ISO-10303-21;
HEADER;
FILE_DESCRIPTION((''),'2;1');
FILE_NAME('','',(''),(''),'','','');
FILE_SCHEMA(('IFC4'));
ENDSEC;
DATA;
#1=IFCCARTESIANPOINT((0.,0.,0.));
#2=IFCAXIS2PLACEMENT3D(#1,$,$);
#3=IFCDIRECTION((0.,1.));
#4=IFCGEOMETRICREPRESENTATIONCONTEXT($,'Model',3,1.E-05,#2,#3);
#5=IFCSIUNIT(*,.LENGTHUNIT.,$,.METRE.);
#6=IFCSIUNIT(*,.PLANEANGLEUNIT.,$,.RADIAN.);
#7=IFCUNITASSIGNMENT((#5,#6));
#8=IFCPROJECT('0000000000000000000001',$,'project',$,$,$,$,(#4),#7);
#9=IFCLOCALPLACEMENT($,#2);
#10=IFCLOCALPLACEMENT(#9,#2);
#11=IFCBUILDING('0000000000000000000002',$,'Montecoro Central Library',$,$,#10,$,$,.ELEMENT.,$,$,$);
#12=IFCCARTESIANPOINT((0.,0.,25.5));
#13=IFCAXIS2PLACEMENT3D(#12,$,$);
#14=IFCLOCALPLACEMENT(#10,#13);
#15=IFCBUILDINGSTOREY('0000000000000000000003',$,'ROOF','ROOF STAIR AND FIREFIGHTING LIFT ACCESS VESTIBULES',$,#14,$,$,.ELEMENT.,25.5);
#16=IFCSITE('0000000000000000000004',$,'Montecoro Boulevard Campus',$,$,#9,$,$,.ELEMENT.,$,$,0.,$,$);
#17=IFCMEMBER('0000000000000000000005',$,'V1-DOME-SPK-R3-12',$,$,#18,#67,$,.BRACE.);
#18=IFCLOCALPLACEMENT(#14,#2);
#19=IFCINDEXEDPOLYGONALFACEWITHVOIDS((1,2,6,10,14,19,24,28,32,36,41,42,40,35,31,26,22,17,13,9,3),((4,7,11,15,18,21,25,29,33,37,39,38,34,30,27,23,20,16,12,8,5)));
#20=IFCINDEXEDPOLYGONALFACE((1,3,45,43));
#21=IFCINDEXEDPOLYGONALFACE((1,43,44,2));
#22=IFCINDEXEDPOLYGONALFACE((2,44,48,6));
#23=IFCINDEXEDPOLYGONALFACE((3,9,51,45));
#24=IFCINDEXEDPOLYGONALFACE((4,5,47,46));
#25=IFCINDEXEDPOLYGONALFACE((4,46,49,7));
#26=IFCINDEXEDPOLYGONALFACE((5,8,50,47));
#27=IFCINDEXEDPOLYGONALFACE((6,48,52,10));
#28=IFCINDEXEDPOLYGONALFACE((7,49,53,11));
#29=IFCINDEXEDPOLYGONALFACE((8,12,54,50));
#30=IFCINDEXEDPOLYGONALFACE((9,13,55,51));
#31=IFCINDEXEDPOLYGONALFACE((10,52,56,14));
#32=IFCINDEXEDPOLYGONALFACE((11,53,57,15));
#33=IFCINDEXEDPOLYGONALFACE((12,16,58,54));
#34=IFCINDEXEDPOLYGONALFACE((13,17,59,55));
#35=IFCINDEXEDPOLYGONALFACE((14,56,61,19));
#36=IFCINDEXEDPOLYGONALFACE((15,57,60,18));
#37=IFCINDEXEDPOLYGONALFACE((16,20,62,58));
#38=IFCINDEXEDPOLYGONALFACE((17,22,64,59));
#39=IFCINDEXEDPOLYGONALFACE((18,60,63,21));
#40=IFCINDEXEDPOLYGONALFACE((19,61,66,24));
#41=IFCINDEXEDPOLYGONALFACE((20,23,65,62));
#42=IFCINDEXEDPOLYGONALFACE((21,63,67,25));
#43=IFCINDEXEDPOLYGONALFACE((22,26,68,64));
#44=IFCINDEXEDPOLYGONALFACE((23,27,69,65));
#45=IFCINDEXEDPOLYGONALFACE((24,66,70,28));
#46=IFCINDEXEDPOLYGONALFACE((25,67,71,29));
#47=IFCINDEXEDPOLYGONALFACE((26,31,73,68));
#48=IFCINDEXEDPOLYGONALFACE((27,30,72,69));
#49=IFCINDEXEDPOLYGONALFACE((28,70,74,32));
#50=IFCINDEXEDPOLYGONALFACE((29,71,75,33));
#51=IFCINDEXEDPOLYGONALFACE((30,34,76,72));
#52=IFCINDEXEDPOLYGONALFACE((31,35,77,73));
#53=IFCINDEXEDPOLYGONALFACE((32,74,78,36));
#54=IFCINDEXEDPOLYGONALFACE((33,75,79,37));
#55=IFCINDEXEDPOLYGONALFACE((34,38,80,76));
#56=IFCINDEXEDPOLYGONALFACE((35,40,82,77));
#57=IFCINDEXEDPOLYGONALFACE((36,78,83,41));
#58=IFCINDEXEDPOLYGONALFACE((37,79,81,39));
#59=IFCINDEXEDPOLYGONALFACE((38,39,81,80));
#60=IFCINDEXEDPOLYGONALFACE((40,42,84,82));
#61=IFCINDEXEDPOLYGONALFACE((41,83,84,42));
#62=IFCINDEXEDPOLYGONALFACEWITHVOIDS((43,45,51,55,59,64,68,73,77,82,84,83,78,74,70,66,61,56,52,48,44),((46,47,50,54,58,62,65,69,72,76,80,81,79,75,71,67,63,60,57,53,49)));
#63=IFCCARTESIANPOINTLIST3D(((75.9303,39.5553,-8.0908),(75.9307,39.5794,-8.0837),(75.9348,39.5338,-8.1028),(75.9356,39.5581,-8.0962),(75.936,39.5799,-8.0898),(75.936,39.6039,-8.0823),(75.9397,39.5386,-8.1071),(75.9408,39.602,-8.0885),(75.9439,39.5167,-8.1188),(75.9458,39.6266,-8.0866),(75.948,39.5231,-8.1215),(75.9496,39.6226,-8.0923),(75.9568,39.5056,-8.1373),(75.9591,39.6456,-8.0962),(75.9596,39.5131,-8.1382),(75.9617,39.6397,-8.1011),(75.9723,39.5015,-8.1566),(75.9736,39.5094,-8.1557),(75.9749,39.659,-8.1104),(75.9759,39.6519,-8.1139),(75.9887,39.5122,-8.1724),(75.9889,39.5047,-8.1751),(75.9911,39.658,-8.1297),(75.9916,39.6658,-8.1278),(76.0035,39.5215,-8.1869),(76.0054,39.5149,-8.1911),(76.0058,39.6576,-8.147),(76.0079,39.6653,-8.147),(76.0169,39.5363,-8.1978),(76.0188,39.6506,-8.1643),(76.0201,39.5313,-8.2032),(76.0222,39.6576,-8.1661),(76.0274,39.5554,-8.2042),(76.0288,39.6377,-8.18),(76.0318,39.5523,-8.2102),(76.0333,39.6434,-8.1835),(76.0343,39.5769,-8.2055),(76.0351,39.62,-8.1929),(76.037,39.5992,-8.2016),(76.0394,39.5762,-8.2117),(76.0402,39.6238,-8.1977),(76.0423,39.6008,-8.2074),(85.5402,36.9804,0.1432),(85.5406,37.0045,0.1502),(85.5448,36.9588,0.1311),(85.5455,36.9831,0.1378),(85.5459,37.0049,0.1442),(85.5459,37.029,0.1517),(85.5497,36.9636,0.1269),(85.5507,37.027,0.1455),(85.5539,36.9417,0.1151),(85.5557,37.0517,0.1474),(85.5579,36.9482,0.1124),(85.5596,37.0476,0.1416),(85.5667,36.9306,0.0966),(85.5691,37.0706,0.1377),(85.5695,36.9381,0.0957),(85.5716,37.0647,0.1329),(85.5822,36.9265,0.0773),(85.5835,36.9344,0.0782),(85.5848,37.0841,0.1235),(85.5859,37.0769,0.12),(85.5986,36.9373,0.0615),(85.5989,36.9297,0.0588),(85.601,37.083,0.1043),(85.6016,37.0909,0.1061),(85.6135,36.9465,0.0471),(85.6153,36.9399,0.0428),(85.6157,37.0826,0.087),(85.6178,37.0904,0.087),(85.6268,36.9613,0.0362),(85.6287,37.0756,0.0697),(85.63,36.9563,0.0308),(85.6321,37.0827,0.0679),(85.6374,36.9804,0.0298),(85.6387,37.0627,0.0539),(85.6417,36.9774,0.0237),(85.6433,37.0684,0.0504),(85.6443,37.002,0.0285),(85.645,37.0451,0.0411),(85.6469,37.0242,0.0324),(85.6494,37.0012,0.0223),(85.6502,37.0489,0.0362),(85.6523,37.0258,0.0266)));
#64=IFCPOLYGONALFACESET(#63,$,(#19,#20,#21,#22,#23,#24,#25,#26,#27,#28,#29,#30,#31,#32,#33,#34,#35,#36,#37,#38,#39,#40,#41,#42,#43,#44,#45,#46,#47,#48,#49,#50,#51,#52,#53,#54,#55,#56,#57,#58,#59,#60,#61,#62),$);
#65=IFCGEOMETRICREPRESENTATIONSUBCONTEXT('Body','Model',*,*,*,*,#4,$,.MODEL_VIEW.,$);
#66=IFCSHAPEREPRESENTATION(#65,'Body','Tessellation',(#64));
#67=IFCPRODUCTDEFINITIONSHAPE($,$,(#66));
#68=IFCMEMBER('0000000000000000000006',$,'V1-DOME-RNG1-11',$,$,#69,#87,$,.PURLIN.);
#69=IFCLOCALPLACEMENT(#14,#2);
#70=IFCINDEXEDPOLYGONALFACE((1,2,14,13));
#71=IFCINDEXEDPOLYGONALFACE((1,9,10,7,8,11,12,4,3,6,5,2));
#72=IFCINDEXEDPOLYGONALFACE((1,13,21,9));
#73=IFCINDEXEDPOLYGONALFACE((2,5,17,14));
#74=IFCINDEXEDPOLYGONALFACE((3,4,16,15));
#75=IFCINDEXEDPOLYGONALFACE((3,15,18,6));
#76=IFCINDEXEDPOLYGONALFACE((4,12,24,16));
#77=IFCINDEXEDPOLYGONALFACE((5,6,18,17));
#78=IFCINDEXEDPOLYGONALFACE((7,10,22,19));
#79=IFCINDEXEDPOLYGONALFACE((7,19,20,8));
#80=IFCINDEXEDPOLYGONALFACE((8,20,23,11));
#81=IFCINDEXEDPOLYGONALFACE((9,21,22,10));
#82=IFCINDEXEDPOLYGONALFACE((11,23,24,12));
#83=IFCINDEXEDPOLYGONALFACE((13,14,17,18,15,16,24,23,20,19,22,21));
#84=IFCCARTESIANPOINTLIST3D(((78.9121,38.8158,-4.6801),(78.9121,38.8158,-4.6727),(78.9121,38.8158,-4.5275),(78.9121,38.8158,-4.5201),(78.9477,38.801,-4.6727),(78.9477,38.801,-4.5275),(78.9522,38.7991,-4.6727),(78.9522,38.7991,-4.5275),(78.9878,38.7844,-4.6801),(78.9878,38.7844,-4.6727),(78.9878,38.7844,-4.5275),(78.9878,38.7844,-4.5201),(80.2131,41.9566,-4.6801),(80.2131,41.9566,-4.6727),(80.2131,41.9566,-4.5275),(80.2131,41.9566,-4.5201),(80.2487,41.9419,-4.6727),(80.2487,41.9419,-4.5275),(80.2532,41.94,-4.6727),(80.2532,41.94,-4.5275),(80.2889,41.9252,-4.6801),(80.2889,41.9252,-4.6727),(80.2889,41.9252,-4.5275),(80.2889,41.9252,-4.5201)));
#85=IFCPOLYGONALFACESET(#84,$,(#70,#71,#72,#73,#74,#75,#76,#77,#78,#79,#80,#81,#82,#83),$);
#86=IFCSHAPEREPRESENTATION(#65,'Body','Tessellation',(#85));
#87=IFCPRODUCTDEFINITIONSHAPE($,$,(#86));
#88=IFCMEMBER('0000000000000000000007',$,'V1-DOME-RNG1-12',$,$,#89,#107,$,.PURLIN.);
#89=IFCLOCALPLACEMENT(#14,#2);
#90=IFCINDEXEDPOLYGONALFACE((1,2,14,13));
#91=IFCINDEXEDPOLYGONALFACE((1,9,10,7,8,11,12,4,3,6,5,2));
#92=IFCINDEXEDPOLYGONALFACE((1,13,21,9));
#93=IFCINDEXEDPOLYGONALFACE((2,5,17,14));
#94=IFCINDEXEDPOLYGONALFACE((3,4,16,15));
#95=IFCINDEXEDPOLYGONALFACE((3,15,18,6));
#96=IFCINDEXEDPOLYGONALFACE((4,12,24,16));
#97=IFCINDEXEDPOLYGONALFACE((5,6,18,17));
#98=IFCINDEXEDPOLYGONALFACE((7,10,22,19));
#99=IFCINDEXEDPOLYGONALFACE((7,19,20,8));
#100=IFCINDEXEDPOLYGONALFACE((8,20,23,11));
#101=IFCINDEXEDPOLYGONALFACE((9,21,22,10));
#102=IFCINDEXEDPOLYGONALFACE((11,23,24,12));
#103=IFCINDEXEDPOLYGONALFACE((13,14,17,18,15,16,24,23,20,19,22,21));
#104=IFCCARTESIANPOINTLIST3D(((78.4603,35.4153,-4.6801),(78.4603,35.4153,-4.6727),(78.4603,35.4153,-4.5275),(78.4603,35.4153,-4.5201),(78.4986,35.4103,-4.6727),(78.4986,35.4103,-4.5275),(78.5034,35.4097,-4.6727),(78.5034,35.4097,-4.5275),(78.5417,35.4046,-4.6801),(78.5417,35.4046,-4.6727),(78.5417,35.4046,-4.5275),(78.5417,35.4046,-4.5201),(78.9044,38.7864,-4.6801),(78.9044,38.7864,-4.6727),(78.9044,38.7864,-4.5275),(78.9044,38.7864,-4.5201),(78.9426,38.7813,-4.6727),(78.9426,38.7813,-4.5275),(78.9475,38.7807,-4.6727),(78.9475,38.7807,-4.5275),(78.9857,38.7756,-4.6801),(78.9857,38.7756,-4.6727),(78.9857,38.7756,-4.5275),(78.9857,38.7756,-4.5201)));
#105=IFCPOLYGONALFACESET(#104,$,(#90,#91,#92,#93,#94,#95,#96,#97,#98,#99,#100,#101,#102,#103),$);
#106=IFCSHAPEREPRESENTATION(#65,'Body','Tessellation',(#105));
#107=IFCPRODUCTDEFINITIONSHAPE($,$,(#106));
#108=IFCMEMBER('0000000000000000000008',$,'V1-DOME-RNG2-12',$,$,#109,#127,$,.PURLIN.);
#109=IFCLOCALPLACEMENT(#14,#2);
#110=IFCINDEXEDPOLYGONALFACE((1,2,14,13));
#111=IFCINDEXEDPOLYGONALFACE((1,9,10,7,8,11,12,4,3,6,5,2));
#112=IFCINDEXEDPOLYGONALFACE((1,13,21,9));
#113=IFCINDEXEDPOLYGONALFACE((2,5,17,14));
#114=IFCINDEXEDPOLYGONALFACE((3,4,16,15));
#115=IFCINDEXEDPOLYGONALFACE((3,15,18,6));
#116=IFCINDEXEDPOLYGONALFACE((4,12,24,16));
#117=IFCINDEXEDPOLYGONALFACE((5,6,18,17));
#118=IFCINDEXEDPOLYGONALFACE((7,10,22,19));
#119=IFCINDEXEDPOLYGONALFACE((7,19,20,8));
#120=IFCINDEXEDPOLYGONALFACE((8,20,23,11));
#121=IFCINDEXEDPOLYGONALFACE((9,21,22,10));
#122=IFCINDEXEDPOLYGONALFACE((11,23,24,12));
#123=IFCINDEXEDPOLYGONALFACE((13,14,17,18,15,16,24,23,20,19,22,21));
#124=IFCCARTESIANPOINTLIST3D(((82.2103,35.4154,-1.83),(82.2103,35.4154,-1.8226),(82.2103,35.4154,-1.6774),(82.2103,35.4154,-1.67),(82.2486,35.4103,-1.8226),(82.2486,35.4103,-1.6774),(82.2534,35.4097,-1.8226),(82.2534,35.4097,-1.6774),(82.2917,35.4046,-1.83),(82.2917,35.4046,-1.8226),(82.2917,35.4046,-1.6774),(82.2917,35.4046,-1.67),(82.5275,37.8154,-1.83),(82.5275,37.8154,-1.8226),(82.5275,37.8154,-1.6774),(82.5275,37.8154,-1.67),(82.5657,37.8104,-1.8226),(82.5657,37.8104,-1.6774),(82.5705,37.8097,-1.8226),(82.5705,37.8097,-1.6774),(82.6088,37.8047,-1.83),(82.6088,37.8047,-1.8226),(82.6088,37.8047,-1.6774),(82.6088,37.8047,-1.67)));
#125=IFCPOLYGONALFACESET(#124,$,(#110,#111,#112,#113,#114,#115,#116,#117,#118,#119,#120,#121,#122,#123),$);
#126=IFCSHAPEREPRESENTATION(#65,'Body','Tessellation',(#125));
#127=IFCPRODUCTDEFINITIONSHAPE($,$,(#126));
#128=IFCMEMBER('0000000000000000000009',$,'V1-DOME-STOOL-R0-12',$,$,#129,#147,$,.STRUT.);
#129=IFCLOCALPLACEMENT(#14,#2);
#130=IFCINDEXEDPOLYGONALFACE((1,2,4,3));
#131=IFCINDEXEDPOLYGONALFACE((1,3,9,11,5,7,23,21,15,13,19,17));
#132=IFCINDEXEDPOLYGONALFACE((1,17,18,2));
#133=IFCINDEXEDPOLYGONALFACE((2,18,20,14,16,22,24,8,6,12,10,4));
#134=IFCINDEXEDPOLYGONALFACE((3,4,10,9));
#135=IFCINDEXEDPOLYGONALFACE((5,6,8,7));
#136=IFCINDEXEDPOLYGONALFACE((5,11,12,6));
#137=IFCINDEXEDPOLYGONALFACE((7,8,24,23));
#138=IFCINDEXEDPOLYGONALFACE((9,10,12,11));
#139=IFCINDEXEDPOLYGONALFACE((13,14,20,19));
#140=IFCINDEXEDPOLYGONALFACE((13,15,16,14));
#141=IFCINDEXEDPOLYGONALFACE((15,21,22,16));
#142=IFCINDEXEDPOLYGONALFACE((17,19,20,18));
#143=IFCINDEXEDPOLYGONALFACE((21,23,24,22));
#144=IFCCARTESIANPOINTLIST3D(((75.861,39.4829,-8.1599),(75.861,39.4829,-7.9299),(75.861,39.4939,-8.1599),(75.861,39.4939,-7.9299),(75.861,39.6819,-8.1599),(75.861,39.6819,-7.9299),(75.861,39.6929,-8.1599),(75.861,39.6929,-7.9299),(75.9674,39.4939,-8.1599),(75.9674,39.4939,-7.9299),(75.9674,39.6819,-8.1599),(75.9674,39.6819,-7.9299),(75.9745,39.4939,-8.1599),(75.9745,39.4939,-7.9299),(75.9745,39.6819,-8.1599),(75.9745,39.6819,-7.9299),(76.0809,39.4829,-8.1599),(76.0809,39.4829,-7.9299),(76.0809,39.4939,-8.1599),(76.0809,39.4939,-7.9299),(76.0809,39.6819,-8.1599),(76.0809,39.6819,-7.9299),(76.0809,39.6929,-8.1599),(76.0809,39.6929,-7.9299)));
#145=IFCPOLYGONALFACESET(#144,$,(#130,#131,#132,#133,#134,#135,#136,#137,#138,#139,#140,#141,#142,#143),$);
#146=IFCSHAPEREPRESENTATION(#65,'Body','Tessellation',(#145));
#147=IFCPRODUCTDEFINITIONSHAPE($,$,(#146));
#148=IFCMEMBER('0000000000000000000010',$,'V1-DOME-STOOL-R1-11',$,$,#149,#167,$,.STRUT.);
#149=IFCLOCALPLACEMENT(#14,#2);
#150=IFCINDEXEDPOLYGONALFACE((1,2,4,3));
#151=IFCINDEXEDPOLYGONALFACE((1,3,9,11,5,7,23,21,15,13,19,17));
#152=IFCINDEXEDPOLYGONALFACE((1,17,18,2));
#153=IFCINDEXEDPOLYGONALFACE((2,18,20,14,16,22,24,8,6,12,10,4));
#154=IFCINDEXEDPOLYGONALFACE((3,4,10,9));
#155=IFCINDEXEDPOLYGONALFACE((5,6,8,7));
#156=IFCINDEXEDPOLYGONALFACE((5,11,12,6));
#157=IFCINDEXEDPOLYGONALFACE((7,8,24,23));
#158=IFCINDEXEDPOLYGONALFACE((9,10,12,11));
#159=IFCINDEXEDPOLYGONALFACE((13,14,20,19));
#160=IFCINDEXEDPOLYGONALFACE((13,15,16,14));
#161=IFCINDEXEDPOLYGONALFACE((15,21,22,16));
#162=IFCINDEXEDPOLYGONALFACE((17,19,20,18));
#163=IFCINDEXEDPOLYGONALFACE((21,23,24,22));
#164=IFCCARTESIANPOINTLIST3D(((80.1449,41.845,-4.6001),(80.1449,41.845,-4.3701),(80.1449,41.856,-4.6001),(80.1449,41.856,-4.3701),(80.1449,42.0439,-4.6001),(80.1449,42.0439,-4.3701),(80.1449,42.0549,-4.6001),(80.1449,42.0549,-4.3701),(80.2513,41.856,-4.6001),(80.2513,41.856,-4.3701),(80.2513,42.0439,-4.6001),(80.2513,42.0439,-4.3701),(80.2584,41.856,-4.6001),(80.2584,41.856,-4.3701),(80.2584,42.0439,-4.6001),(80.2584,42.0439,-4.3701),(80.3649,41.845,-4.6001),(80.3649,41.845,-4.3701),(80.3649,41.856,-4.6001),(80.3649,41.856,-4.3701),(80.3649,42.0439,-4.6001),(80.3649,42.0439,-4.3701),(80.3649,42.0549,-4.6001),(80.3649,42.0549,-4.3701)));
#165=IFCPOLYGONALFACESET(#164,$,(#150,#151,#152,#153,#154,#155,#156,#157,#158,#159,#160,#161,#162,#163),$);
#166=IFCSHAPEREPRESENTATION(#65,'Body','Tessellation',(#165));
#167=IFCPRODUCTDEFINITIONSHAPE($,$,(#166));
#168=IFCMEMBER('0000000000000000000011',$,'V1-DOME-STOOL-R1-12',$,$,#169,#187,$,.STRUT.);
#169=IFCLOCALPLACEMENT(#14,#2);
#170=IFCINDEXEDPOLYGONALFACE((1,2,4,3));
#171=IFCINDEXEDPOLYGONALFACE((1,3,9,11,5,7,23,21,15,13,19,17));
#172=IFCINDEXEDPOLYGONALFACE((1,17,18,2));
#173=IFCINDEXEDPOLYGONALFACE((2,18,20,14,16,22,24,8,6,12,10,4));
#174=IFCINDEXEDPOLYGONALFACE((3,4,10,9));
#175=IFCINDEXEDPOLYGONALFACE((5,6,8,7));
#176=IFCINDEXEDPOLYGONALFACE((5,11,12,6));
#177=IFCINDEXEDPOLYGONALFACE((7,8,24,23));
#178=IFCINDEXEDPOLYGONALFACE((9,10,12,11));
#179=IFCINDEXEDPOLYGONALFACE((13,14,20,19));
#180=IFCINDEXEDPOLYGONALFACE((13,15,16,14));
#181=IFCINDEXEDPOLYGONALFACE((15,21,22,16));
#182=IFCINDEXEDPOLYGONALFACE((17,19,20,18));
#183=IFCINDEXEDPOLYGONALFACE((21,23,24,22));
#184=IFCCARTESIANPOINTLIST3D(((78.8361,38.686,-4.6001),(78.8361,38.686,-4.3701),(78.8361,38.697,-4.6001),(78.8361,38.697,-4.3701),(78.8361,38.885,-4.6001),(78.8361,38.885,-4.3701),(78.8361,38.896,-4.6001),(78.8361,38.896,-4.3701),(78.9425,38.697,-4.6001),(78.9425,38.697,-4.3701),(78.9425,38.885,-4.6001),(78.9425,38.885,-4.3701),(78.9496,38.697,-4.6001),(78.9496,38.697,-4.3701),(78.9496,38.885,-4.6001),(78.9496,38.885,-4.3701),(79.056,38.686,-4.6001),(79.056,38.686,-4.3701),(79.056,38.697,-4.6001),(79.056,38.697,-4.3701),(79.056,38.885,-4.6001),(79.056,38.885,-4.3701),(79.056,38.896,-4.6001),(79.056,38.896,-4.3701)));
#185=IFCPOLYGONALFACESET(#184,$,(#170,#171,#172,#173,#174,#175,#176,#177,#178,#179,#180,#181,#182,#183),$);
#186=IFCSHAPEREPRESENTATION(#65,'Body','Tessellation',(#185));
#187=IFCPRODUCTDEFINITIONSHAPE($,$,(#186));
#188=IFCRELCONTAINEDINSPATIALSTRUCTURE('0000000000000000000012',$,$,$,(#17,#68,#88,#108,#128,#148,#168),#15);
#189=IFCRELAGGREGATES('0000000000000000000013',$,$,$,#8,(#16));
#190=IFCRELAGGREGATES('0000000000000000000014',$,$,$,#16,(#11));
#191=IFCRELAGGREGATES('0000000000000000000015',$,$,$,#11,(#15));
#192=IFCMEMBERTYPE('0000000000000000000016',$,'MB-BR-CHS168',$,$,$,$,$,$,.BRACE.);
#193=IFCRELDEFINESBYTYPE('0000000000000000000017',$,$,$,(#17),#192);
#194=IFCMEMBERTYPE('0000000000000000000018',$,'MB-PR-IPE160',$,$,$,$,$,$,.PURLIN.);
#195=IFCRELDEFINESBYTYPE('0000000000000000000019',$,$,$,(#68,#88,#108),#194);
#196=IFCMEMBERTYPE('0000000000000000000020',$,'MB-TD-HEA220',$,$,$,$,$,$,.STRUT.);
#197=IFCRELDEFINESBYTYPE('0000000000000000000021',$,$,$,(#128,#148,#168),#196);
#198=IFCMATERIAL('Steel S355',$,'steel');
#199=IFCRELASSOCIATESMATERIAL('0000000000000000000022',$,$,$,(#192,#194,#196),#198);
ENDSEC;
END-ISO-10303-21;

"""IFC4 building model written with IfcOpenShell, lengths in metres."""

from ifc_helpers import new_model, si_unit, direction, frame, origin, origin_2d, place, context, subcontext, project, spatial, hollow_circle, i_section, extrude, material, material_profile, profile_set, type_object, element, save


model = new_model("IFC4")

# Units and contexts
model_context = context("Model", 3, precision=1e-05, world=origin(), true_north=direction((0.0, 1.0)))
body_context = subcontext(model_context, "Body", "Model", "MODEL_VIEW")
ifc_project = project(units=[si_unit("LENGTHUNIT", "METRE"), si_unit("PLANEANGLEUNIT", "RADIAN")], contexts=[model_context])

# Site, building, storey
site_placement = place(None, origin())
site = spatial("IfcSite", under=ifc_project, at=site_placement, Name="Montecoro Boulevard Campus", CompositionType="ELEMENT", RefElevation=0.0)
building_placement = place(site_placement, origin())
building = spatial("IfcBuilding", under=site, at=building_placement, Name="Montecoro Central Library", CompositionType="ELEMENT")
storey_placement = place(building_placement, frame((0.0, 0.0, 25.5)))
storey = spatial("IfcBuildingStorey", under=building, at=storey_placement, Name="ROOF", Description="ROOF STAIR AND FIREFIGHTING LIFT ACCESS VESTIBULES", CompositionType="ELEMENT", Elevation=25.5)

# Members
ifc_material_1 = material(Name="Steel S355", Category="steel")
ifc_material_profile_1 = material_profile(ifc_material_1, hollow_circle(Radius=0.0842, WallThickness=0.0081, at=origin_2d()), Name="CHS 168.3x8.0")
ifc_profile_set_1 = profile_set([ifc_material_profile_1], Name="Steel S355")
member_type_1 = type_object("IfcMemberType", Name="MB-BR-CHS168", PredefinedType="BRACE", material=ifc_profile_set_1)
member_1_placement = place(storey_placement, frame((75.9861, 39.584, -8.147), z_axis=(0.744131, -0.199389, 0.637584), x_axis=(0.258819, 0.965926, 0.0)))
element("IfcMember", 1, at=member_1_placement, inside=storey, type_object=member_type_1, Name="V1-DOME-SPK-R3-12", PredefinedType="BRACE", context=body_context, shape_type="SweptSolid", body=[
    extrude(hollow_circle(Radius=0.0842, WallThickness=0.0081, at=origin_2d()), origin(), (0.0, 0.0, 1.0), 12.9143),
])
ifc_material_profile_2 = material_profile(ifc_material_1, i_section(OverallWidth=0.082, OverallDepth=0.1599, WebThickness=0.0049, FlangeThickness=0.0073, at=origin_2d()), Name="IPE 160")
ifc_profile_set_2 = profile_set([ifc_material_profile_2], Name="Steel S355")
member_type_2 = type_object("IfcMemberType", Name="MB-PR-IPE160", PredefinedType="PURLIN", material=ifc_profile_set_2)
member_2_placement = place(storey_placement, frame((80.251, 41.9409, -4.6001), z_axis=(-0.382692, -0.923876, 0.0), x_axis=(0.923876, -0.382692, 0.0)))
element("IfcMember", 2, at=member_2_placement, inside=storey, type_object=member_type_2, Name="V1-DOME-RNG1-11", PredefinedType="PURLIN", context=body_context, shape_type="SweptSolid", body=[
    extrude(i_section(OverallWidth=0.082, OverallDepth=0.1599, WebThickness=0.0049, FlangeThickness=0.0073, at=origin_2d()), origin(), (0.0, 0.0, 1.0), 3.3997),
])
member_3_placement = place(storey_placement, frame((78.9451, 38.781, -4.6001), z_axis=(-0.130607, -0.991434, 0.0), x_axis=(0.991434, -0.130607, 0.0)))
element("IfcMember", 3, at=member_3_placement, inside=storey, type_object=member_type_2, Name="V1-DOME-RNG1-12", PredefinedType="PURLIN", context=body_context, shape_type="SweptSolid", body=[
    extrude(i_section(OverallWidth=0.082, OverallDepth=0.1599, WebThickness=0.0049, FlangeThickness=0.0073, at=origin_2d()), origin(), (0.0, 0.0, 1.0), 3.4001),
])
member_4_placement = place(storey_placement, frame((82.5681, 37.8101, -1.75), z_axis=(-0.130994, -0.991383, 0.0), x_axis=(0.991383, -0.130994, 0.0)))
element("IfcMember", 4, at=member_4_placement, inside=storey, type_object=member_type_2, Name="V1-DOME-RNG2-12", PredefinedType="PURLIN", context=body_context, shape_type="SweptSolid", body=[
    extrude(i_section(OverallWidth=0.082, OverallDepth=0.1599, WebThickness=0.0049, FlangeThickness=0.0073, at=origin_2d()), origin(), (0.0, 0.0, 1.0), 2.4209),
])
ifc_material_profile_3 = material_profile(ifc_material_1, i_section(OverallWidth=0.22, OverallDepth=0.21, WebThickness=0.0071, FlangeThickness=0.011, at=origin_2d()), Name="HEA 220")
ifc_profile_set_3 = profile_set([ifc_material_profile_3], Name="Steel S355")
member_type_3 = type_object("IfcMemberType", Name="MB-TD-HEA220", PredefinedType="STRUT", material=ifc_profile_set_3)
for number, where, z_axis, x_axis, name in (
    (5, (75.9709, 39.5879, -8.1599), (0.0, 0.0, 1.0), (1.0, 0.0, 0.0), "V1-DOME-STOOL-R0-12"),
    (6, (80.2549, 41.95, -4.6001), (0.0, 0.0, 1.0), (1.0, 0.0, 0.0), "V1-DOME-STOOL-R1-11"),
    (7, (78.946, 38.791, -4.6001), (0.0, 0.0, 1.0), (1.0, 0.0, 0.0), "V1-DOME-STOOL-R1-12"),
):
    element("IfcMember", number, at=place(storey_placement, frame(where, z_axis=z_axis, x_axis=x_axis)), inside=storey, type_object=member_type_3, Name=name, PredefinedType="STRUT", context=body_context, shape_type="SweptSolid", body=[
        extrude(i_section(OverallWidth=0.22, OverallDepth=0.21, WebThickness=0.0071, FlangeThickness=0.011, at=origin_2d()), origin(), (0.0, 0.0, 1.0), 0.23),
    ])

save(model, "model.ifc")
